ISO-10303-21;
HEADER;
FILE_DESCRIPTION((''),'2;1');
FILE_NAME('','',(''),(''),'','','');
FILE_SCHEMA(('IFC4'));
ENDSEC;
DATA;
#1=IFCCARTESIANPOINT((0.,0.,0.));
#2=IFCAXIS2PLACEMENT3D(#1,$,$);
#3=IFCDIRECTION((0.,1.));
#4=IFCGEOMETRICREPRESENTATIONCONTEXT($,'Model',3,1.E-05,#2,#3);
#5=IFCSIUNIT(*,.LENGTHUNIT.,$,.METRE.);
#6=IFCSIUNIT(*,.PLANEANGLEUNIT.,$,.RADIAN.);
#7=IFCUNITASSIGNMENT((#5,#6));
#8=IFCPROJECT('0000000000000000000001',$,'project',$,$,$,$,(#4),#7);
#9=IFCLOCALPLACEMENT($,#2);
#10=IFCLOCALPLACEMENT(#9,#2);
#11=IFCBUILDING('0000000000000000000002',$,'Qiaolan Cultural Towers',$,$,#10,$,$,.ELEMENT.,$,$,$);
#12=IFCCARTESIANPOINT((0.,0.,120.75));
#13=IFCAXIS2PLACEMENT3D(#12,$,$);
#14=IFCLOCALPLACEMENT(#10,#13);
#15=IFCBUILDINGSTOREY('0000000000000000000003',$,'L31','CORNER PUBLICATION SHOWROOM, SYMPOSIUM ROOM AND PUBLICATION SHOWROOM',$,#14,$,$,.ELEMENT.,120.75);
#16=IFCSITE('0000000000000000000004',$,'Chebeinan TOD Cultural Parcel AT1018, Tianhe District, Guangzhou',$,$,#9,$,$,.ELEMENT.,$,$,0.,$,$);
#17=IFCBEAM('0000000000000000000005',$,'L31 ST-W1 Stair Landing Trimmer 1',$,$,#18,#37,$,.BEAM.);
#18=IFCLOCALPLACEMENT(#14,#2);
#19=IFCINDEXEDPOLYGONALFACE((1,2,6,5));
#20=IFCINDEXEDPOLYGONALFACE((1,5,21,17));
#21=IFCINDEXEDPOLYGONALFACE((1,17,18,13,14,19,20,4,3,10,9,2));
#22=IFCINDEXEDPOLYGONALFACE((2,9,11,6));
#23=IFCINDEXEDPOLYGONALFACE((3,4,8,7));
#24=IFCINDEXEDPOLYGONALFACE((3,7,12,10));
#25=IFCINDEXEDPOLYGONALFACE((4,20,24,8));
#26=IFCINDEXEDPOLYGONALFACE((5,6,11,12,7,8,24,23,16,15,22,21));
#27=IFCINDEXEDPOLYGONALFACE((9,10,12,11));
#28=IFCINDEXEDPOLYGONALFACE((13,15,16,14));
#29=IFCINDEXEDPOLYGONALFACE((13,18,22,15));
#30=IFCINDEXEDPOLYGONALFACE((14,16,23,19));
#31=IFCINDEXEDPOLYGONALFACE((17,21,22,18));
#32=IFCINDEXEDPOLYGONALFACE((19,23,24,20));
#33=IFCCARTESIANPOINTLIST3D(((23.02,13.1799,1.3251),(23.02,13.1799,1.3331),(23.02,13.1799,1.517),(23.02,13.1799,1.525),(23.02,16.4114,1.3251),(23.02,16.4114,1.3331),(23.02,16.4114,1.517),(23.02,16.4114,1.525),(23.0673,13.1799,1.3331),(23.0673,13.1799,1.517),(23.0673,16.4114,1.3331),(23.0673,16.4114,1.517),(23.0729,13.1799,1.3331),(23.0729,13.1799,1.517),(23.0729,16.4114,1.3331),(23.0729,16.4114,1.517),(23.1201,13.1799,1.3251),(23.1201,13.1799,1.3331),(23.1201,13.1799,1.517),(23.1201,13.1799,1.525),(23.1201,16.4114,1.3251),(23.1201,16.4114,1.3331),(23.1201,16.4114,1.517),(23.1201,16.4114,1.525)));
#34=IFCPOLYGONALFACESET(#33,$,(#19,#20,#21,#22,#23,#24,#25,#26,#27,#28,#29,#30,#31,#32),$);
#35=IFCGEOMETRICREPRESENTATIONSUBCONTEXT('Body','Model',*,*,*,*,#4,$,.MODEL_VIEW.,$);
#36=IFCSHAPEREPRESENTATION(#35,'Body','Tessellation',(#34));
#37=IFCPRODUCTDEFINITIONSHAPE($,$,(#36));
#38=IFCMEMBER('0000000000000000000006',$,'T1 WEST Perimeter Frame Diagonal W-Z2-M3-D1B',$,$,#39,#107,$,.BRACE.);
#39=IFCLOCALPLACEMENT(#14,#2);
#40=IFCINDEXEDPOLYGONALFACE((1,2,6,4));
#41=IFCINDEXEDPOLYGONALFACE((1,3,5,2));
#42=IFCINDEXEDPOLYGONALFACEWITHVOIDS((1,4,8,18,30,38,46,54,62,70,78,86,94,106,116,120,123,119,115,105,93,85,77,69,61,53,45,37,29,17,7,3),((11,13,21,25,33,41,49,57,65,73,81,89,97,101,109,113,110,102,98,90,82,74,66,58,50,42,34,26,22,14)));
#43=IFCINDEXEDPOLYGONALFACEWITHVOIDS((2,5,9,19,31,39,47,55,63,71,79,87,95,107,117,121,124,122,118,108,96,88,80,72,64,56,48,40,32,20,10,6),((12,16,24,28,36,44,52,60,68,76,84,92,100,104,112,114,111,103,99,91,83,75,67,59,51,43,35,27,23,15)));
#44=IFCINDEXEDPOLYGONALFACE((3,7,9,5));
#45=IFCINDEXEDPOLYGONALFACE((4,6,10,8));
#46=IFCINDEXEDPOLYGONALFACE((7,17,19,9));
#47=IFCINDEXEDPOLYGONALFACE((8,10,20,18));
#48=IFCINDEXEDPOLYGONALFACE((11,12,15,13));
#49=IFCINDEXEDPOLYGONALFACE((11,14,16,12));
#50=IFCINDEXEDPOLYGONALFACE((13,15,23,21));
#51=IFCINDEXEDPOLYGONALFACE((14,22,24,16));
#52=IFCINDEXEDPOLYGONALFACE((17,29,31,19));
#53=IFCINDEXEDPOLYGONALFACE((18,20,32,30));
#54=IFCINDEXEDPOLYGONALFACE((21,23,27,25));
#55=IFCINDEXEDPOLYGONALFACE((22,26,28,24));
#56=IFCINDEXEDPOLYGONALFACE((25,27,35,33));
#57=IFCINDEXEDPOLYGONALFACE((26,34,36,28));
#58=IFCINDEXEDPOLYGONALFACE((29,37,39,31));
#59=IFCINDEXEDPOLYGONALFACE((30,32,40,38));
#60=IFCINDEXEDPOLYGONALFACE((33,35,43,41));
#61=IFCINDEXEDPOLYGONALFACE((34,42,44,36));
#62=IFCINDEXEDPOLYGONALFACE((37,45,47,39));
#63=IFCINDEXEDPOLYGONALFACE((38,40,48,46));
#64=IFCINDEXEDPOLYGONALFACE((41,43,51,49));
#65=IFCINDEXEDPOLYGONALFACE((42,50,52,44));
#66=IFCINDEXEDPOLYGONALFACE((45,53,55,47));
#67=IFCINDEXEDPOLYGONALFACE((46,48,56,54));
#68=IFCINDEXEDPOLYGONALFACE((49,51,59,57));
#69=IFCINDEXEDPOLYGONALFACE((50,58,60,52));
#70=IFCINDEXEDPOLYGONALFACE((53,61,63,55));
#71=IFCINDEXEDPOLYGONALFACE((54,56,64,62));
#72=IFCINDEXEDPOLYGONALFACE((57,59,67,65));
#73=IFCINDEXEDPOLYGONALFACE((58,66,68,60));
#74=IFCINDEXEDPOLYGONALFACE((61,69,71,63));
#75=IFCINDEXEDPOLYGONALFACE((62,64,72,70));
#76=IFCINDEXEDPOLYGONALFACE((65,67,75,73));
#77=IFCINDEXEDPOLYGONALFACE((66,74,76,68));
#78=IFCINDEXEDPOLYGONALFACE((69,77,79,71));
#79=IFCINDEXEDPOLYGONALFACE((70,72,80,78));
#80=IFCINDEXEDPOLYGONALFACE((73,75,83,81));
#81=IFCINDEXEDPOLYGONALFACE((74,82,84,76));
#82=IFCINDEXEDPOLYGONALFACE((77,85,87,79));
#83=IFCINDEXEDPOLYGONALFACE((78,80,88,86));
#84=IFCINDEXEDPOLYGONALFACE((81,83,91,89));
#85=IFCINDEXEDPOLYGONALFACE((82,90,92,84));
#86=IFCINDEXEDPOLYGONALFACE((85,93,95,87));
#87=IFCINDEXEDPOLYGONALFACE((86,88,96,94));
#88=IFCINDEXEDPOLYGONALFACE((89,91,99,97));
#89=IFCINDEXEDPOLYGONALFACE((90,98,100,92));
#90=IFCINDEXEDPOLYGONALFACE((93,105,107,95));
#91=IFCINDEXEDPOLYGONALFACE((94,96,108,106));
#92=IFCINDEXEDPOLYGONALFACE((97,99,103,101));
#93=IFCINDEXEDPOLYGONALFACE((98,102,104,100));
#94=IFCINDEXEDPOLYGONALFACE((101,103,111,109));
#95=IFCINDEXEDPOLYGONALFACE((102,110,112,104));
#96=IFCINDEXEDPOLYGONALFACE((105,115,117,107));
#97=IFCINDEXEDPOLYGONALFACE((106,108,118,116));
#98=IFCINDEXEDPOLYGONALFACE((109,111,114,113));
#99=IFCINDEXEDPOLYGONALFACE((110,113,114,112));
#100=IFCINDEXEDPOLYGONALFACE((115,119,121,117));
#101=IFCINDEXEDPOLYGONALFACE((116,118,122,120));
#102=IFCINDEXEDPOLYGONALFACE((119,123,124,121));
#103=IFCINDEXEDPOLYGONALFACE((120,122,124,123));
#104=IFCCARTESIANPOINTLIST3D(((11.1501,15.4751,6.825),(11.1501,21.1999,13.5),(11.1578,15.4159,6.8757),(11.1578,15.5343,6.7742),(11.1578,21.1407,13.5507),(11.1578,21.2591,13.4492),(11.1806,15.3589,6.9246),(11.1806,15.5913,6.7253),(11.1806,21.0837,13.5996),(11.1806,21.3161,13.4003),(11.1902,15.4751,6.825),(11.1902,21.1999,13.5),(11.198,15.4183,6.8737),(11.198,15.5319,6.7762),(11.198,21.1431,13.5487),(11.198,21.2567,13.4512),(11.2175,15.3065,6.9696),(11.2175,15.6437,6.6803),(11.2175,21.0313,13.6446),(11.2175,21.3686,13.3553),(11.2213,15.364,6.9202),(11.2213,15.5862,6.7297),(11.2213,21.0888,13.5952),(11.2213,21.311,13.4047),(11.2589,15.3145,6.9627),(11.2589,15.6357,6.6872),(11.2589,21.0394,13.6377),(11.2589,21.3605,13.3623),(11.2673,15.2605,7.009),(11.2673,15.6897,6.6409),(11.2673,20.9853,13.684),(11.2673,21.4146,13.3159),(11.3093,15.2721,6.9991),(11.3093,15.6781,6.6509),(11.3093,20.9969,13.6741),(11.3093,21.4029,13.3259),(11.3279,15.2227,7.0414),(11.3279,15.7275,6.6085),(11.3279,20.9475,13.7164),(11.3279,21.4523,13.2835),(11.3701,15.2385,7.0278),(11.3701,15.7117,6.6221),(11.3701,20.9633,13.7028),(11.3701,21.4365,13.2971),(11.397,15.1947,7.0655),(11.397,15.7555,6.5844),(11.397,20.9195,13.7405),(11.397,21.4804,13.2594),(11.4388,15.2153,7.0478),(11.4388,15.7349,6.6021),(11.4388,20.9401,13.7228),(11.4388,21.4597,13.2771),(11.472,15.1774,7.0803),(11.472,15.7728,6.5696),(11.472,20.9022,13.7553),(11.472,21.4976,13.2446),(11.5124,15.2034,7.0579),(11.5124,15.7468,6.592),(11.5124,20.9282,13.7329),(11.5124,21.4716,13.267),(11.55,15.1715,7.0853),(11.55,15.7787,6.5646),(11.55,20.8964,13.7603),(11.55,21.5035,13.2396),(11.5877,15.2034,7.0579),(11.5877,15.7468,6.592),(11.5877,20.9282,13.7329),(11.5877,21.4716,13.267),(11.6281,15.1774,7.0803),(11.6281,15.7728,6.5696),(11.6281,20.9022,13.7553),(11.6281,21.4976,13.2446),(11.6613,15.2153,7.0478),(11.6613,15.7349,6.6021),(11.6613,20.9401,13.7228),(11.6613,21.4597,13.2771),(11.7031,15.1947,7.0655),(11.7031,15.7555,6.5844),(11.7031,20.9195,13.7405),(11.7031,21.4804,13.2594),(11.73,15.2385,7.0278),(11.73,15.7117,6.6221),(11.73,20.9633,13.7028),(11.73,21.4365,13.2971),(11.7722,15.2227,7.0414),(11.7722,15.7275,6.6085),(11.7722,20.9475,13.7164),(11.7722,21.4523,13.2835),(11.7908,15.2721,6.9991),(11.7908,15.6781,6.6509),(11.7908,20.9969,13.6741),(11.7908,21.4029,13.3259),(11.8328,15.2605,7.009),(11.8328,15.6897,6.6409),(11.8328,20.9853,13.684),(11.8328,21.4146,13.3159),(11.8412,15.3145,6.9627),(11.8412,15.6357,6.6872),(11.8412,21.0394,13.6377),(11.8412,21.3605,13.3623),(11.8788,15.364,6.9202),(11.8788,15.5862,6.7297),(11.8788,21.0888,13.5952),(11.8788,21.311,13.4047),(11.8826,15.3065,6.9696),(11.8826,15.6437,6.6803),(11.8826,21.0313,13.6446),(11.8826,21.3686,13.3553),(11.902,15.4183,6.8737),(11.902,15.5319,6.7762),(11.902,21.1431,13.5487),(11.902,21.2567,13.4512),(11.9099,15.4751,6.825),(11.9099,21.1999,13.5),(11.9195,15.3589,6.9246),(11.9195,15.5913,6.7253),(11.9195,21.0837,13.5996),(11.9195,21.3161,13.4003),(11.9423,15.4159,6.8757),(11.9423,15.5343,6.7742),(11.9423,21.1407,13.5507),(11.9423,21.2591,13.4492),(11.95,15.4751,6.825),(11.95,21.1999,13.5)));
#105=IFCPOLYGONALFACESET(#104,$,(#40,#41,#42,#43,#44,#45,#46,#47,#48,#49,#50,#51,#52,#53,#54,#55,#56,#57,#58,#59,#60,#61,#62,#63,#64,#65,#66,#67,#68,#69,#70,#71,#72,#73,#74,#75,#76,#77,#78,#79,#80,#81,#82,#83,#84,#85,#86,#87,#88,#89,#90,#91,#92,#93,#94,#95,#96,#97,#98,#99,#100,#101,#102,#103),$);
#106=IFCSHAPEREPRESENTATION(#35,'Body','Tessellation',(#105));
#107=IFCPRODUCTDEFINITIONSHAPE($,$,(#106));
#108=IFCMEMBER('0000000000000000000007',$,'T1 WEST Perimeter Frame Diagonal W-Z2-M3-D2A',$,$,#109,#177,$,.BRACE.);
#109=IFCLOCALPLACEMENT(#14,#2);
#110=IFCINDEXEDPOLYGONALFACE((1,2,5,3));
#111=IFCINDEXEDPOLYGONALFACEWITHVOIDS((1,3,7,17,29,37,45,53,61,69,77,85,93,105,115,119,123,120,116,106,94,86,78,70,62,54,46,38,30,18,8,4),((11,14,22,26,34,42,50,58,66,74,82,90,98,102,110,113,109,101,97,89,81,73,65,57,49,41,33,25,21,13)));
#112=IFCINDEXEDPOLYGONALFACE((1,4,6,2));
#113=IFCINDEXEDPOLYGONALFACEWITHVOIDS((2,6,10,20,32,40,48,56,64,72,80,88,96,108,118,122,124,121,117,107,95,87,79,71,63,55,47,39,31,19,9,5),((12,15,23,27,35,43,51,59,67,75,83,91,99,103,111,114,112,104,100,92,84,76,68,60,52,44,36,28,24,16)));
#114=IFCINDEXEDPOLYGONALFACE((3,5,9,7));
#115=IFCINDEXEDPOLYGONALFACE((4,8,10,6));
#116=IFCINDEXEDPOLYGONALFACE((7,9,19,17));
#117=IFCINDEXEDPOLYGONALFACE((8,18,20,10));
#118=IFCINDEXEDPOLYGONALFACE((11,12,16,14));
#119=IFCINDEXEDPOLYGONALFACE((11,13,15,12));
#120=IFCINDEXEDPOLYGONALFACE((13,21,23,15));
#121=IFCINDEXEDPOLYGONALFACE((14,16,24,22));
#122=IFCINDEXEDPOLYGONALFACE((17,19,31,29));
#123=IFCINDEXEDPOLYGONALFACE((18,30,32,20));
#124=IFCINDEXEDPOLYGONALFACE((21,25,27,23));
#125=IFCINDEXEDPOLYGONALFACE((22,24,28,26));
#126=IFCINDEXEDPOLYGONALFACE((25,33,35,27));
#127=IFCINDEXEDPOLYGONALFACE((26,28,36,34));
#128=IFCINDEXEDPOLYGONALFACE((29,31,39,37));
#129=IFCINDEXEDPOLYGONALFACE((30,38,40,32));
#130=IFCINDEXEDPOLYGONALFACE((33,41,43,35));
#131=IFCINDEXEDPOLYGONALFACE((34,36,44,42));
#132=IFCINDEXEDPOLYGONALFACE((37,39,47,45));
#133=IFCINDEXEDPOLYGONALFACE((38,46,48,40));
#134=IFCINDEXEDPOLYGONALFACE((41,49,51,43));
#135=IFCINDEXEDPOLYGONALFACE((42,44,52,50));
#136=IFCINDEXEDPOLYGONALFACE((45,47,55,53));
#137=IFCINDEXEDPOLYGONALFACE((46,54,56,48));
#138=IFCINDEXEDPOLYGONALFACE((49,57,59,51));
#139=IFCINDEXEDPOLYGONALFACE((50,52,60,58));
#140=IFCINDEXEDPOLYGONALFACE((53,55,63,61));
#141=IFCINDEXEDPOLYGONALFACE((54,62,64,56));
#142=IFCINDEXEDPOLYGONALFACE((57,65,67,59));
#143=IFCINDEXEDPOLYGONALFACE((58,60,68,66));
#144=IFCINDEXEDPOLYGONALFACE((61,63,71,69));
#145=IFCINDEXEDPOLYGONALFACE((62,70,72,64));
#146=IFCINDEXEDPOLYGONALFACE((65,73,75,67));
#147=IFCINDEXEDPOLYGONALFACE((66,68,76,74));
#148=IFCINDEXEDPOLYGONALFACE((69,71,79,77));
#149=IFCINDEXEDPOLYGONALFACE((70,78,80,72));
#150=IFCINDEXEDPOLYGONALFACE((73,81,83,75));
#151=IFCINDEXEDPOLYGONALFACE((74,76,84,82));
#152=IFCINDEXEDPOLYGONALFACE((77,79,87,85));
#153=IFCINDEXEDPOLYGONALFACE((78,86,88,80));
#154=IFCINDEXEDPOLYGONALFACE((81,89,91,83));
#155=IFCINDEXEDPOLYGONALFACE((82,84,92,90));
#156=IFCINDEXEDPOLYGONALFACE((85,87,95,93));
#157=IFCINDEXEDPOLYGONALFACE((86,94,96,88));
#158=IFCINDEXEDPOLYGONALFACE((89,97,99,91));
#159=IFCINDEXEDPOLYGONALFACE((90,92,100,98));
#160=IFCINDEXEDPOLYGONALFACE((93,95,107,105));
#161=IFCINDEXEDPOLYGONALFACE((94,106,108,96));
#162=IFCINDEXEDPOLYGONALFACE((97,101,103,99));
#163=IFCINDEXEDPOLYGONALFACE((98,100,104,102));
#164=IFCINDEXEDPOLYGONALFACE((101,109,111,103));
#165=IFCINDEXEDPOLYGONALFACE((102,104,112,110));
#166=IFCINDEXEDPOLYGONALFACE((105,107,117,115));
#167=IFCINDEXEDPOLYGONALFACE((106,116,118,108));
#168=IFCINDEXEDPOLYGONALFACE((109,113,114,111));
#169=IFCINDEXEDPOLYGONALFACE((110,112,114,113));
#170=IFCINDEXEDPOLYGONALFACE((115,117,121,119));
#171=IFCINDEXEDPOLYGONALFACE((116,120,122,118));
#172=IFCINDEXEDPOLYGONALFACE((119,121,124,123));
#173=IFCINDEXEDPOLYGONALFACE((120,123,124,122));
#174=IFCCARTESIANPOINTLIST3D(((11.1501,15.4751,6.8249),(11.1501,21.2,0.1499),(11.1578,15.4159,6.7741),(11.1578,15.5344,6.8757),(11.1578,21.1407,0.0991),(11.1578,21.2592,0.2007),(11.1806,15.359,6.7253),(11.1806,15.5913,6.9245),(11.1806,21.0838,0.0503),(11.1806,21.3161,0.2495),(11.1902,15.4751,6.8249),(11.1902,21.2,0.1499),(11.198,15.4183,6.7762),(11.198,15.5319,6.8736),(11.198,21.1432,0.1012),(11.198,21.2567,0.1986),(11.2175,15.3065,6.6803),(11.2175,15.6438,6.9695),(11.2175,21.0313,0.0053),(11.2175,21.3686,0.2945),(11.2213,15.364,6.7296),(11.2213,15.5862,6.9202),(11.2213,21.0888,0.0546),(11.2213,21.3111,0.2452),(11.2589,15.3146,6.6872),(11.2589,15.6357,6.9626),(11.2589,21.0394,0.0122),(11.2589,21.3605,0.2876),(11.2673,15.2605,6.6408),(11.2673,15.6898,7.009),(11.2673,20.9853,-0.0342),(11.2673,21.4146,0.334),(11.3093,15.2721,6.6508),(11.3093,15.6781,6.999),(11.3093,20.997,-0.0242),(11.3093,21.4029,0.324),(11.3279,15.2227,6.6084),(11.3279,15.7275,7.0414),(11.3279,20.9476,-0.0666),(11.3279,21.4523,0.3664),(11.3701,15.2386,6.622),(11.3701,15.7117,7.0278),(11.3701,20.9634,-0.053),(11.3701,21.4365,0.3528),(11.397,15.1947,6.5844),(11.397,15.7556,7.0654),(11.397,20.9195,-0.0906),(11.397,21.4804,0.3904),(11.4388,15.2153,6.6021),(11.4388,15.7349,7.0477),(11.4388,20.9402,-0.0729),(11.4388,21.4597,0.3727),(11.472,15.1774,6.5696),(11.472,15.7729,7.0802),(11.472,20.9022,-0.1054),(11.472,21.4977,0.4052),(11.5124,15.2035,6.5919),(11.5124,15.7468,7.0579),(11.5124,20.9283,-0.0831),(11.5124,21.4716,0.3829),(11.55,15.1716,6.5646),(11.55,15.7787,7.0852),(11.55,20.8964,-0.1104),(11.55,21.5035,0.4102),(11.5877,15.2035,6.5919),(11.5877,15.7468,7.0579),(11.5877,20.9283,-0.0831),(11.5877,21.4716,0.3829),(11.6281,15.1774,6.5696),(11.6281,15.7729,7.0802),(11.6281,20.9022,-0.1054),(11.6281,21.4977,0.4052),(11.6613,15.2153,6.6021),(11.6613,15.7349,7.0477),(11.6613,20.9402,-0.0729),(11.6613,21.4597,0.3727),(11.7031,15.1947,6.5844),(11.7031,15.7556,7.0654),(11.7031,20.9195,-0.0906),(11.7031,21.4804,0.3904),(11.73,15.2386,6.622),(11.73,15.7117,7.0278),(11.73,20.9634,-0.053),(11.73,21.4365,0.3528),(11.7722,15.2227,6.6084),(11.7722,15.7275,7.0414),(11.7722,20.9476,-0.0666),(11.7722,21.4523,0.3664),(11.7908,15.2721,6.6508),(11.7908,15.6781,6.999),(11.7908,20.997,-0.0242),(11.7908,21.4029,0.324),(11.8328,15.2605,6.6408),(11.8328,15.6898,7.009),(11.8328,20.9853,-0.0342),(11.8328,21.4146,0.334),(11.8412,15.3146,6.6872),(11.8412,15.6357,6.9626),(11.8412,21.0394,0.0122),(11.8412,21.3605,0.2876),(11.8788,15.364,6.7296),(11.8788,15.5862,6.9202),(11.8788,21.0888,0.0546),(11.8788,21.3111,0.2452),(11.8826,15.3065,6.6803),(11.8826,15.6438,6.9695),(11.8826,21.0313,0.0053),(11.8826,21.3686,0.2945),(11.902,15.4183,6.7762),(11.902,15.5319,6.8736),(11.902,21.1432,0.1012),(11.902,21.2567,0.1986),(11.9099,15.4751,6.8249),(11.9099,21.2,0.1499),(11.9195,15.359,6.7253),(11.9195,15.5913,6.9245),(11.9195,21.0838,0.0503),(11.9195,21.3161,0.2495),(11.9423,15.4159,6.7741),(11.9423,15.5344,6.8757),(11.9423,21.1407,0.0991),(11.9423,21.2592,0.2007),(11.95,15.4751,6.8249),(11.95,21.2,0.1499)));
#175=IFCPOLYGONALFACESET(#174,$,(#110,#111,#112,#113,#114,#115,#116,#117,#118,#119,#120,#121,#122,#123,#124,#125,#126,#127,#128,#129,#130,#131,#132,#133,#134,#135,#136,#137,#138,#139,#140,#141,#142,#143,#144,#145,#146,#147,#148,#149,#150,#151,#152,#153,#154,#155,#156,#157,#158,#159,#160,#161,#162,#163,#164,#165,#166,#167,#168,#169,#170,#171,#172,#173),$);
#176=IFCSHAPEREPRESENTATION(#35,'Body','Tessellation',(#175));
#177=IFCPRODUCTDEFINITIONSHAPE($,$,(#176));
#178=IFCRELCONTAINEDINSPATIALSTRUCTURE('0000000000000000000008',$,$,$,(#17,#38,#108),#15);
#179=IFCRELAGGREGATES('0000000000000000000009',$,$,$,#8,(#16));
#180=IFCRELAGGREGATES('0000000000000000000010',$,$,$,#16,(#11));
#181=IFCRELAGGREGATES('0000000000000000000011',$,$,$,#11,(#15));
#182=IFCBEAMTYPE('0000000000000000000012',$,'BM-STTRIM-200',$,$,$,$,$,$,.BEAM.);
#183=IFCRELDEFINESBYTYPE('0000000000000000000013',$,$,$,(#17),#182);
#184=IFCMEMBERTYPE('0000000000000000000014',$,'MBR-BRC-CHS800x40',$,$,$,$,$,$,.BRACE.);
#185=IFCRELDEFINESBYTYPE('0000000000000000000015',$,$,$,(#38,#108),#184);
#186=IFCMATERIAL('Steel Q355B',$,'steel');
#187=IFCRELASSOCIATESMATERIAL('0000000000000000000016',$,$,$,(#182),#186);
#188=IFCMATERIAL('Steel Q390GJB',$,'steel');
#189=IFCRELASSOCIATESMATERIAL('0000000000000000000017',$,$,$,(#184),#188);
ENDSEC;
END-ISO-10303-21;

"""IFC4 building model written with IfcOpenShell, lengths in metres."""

from ifc_helpers import new_model, si_unit, direction, frame, origin, origin_2d, place, context, subcontext, project, spatial, hollow_circle, i_section, extrude, material, material_profile, profile_set, type_object, element, save


model = new_model("IFC4")

# Units and contexts
model_context = context("Model", 3, precision=1e-05, world=origin(), true_north=direction((0.0, 1.0)))
body_context = subcontext(model_context, "Body", "Model", "MODEL_VIEW")
ifc_project = project(units=[si_unit("LENGTHUNIT", "METRE"), si_unit("PLANEANGLEUNIT", "RADIAN")], contexts=[model_context])

# Site, building, storey
site_placement = place(None, origin())
site = spatial("IfcSite", under=ifc_project, at=site_placement, Name="Chebeinan TOD Cultural Parcel AT1018, Tianhe District, Guangzhou", CompositionType="ELEMENT", RefElevation=0.0)
building_placement = place(site_placement, origin())
building = spatial("IfcBuilding", under=site, at=building_placement, Name="Qiaolan Cultural Towers", CompositionType="ELEMENT")
storey_placement = place(building_placement, frame((0.0, 0.0, 120.75)))
storey = spatial("IfcBuildingStorey", under=building, at=storey_placement, Name="L31", Description="CORNER PUBLICATION SHOWROOM, SYMPOSIUM ROOM AND PUBLICATION SHOWROOM", CompositionType="ELEMENT", Elevation=120.75)

# Beam
ifc_material_1 = material(Name="Steel Q355B", Category="steel")
ifc_material_profile_1 = material_profile(ifc_material_1, i_section(OverallWidth=0.1001, OverallDepth=0.2, WebThickness=0.0056, FlangeThickness=0.0081, at=origin_2d()), Name="HN200x100x5.5x8")
ifc_profile_set_1 = profile_set([ifc_material_profile_1], Name="Steel Q355B")
beam_type_1 = type_object("IfcBeamType", Name="BM-STTRIM-200", PredefinedType="BEAM", material=ifc_profile_set_1)
beam_1_placement = place(storey_placement, frame((23.0701, 16.4114, 1.425), z_axis=(0.0, -1.0, 0.0), x_axis=(1.0, 0.0, 0.0)))
element("IfcBeam", 1, at=beam_1_placement, inside=storey, type_object=beam_type_1, Name="L31 ST-W1 Stair Landing Trimmer 1", PredefinedType="BEAM", context=body_context, shape_type="SweptSolid", body=[
    extrude(i_section(OverallWidth=0.1001, OverallDepth=0.2, WebThickness=0.0056, FlangeThickness=0.0081, at=origin_2d()), origin(), (0.0, 0.0, 1.0), 3.2314),
])

# Members
ifc_material_2 = material(Name="Steel Q390GJB", Category="steel")
ifc_material_profile_2 = material_profile(ifc_material_2, hollow_circle(Radius=0.3999, WallThickness=0.04, at=origin_2d()), Name="CHS800x40")
ifc_profile_set_2 = profile_set([ifc_material_profile_2], Name="Steel Q390GJB")
member_type = type_object("IfcMemberType", Name="MBR-BRC-CHS800x40", PredefinedType="BRACE", material=ifc_profile_set_2)
for number, where, z_axis, x_axis, name in (
    (2, (11.55, 15.4751, 6.825), (0.0, 0.651013, 0.759066), (-1.0, 0.0, 0.0), "T1 WEST Perimeter Frame Diagonal W-Z2-M3-D1B"),
    (3, (11.55, 21.2, 0.1499), (0.0, -0.651013, 0.759066), (1.0, 0.0, 0.0), "T1 WEST Perimeter Frame Diagonal W-Z2-M3-D2A"),
):
    element("IfcMember", number, at=place(storey_placement, frame(where, z_axis=z_axis, x_axis=x_axis)), inside=storey, type_object=member_type, Name=name, PredefinedType="BRACE", context=body_context, shape_type="SweptSolid", body=[
        extrude(hollow_circle(Radius=0.3999, WallThickness=0.04, at=origin_2d()), origin(), (0.0, 0.0, 1.0), 8.7937),
    ])

save(model, "model.ifc")
